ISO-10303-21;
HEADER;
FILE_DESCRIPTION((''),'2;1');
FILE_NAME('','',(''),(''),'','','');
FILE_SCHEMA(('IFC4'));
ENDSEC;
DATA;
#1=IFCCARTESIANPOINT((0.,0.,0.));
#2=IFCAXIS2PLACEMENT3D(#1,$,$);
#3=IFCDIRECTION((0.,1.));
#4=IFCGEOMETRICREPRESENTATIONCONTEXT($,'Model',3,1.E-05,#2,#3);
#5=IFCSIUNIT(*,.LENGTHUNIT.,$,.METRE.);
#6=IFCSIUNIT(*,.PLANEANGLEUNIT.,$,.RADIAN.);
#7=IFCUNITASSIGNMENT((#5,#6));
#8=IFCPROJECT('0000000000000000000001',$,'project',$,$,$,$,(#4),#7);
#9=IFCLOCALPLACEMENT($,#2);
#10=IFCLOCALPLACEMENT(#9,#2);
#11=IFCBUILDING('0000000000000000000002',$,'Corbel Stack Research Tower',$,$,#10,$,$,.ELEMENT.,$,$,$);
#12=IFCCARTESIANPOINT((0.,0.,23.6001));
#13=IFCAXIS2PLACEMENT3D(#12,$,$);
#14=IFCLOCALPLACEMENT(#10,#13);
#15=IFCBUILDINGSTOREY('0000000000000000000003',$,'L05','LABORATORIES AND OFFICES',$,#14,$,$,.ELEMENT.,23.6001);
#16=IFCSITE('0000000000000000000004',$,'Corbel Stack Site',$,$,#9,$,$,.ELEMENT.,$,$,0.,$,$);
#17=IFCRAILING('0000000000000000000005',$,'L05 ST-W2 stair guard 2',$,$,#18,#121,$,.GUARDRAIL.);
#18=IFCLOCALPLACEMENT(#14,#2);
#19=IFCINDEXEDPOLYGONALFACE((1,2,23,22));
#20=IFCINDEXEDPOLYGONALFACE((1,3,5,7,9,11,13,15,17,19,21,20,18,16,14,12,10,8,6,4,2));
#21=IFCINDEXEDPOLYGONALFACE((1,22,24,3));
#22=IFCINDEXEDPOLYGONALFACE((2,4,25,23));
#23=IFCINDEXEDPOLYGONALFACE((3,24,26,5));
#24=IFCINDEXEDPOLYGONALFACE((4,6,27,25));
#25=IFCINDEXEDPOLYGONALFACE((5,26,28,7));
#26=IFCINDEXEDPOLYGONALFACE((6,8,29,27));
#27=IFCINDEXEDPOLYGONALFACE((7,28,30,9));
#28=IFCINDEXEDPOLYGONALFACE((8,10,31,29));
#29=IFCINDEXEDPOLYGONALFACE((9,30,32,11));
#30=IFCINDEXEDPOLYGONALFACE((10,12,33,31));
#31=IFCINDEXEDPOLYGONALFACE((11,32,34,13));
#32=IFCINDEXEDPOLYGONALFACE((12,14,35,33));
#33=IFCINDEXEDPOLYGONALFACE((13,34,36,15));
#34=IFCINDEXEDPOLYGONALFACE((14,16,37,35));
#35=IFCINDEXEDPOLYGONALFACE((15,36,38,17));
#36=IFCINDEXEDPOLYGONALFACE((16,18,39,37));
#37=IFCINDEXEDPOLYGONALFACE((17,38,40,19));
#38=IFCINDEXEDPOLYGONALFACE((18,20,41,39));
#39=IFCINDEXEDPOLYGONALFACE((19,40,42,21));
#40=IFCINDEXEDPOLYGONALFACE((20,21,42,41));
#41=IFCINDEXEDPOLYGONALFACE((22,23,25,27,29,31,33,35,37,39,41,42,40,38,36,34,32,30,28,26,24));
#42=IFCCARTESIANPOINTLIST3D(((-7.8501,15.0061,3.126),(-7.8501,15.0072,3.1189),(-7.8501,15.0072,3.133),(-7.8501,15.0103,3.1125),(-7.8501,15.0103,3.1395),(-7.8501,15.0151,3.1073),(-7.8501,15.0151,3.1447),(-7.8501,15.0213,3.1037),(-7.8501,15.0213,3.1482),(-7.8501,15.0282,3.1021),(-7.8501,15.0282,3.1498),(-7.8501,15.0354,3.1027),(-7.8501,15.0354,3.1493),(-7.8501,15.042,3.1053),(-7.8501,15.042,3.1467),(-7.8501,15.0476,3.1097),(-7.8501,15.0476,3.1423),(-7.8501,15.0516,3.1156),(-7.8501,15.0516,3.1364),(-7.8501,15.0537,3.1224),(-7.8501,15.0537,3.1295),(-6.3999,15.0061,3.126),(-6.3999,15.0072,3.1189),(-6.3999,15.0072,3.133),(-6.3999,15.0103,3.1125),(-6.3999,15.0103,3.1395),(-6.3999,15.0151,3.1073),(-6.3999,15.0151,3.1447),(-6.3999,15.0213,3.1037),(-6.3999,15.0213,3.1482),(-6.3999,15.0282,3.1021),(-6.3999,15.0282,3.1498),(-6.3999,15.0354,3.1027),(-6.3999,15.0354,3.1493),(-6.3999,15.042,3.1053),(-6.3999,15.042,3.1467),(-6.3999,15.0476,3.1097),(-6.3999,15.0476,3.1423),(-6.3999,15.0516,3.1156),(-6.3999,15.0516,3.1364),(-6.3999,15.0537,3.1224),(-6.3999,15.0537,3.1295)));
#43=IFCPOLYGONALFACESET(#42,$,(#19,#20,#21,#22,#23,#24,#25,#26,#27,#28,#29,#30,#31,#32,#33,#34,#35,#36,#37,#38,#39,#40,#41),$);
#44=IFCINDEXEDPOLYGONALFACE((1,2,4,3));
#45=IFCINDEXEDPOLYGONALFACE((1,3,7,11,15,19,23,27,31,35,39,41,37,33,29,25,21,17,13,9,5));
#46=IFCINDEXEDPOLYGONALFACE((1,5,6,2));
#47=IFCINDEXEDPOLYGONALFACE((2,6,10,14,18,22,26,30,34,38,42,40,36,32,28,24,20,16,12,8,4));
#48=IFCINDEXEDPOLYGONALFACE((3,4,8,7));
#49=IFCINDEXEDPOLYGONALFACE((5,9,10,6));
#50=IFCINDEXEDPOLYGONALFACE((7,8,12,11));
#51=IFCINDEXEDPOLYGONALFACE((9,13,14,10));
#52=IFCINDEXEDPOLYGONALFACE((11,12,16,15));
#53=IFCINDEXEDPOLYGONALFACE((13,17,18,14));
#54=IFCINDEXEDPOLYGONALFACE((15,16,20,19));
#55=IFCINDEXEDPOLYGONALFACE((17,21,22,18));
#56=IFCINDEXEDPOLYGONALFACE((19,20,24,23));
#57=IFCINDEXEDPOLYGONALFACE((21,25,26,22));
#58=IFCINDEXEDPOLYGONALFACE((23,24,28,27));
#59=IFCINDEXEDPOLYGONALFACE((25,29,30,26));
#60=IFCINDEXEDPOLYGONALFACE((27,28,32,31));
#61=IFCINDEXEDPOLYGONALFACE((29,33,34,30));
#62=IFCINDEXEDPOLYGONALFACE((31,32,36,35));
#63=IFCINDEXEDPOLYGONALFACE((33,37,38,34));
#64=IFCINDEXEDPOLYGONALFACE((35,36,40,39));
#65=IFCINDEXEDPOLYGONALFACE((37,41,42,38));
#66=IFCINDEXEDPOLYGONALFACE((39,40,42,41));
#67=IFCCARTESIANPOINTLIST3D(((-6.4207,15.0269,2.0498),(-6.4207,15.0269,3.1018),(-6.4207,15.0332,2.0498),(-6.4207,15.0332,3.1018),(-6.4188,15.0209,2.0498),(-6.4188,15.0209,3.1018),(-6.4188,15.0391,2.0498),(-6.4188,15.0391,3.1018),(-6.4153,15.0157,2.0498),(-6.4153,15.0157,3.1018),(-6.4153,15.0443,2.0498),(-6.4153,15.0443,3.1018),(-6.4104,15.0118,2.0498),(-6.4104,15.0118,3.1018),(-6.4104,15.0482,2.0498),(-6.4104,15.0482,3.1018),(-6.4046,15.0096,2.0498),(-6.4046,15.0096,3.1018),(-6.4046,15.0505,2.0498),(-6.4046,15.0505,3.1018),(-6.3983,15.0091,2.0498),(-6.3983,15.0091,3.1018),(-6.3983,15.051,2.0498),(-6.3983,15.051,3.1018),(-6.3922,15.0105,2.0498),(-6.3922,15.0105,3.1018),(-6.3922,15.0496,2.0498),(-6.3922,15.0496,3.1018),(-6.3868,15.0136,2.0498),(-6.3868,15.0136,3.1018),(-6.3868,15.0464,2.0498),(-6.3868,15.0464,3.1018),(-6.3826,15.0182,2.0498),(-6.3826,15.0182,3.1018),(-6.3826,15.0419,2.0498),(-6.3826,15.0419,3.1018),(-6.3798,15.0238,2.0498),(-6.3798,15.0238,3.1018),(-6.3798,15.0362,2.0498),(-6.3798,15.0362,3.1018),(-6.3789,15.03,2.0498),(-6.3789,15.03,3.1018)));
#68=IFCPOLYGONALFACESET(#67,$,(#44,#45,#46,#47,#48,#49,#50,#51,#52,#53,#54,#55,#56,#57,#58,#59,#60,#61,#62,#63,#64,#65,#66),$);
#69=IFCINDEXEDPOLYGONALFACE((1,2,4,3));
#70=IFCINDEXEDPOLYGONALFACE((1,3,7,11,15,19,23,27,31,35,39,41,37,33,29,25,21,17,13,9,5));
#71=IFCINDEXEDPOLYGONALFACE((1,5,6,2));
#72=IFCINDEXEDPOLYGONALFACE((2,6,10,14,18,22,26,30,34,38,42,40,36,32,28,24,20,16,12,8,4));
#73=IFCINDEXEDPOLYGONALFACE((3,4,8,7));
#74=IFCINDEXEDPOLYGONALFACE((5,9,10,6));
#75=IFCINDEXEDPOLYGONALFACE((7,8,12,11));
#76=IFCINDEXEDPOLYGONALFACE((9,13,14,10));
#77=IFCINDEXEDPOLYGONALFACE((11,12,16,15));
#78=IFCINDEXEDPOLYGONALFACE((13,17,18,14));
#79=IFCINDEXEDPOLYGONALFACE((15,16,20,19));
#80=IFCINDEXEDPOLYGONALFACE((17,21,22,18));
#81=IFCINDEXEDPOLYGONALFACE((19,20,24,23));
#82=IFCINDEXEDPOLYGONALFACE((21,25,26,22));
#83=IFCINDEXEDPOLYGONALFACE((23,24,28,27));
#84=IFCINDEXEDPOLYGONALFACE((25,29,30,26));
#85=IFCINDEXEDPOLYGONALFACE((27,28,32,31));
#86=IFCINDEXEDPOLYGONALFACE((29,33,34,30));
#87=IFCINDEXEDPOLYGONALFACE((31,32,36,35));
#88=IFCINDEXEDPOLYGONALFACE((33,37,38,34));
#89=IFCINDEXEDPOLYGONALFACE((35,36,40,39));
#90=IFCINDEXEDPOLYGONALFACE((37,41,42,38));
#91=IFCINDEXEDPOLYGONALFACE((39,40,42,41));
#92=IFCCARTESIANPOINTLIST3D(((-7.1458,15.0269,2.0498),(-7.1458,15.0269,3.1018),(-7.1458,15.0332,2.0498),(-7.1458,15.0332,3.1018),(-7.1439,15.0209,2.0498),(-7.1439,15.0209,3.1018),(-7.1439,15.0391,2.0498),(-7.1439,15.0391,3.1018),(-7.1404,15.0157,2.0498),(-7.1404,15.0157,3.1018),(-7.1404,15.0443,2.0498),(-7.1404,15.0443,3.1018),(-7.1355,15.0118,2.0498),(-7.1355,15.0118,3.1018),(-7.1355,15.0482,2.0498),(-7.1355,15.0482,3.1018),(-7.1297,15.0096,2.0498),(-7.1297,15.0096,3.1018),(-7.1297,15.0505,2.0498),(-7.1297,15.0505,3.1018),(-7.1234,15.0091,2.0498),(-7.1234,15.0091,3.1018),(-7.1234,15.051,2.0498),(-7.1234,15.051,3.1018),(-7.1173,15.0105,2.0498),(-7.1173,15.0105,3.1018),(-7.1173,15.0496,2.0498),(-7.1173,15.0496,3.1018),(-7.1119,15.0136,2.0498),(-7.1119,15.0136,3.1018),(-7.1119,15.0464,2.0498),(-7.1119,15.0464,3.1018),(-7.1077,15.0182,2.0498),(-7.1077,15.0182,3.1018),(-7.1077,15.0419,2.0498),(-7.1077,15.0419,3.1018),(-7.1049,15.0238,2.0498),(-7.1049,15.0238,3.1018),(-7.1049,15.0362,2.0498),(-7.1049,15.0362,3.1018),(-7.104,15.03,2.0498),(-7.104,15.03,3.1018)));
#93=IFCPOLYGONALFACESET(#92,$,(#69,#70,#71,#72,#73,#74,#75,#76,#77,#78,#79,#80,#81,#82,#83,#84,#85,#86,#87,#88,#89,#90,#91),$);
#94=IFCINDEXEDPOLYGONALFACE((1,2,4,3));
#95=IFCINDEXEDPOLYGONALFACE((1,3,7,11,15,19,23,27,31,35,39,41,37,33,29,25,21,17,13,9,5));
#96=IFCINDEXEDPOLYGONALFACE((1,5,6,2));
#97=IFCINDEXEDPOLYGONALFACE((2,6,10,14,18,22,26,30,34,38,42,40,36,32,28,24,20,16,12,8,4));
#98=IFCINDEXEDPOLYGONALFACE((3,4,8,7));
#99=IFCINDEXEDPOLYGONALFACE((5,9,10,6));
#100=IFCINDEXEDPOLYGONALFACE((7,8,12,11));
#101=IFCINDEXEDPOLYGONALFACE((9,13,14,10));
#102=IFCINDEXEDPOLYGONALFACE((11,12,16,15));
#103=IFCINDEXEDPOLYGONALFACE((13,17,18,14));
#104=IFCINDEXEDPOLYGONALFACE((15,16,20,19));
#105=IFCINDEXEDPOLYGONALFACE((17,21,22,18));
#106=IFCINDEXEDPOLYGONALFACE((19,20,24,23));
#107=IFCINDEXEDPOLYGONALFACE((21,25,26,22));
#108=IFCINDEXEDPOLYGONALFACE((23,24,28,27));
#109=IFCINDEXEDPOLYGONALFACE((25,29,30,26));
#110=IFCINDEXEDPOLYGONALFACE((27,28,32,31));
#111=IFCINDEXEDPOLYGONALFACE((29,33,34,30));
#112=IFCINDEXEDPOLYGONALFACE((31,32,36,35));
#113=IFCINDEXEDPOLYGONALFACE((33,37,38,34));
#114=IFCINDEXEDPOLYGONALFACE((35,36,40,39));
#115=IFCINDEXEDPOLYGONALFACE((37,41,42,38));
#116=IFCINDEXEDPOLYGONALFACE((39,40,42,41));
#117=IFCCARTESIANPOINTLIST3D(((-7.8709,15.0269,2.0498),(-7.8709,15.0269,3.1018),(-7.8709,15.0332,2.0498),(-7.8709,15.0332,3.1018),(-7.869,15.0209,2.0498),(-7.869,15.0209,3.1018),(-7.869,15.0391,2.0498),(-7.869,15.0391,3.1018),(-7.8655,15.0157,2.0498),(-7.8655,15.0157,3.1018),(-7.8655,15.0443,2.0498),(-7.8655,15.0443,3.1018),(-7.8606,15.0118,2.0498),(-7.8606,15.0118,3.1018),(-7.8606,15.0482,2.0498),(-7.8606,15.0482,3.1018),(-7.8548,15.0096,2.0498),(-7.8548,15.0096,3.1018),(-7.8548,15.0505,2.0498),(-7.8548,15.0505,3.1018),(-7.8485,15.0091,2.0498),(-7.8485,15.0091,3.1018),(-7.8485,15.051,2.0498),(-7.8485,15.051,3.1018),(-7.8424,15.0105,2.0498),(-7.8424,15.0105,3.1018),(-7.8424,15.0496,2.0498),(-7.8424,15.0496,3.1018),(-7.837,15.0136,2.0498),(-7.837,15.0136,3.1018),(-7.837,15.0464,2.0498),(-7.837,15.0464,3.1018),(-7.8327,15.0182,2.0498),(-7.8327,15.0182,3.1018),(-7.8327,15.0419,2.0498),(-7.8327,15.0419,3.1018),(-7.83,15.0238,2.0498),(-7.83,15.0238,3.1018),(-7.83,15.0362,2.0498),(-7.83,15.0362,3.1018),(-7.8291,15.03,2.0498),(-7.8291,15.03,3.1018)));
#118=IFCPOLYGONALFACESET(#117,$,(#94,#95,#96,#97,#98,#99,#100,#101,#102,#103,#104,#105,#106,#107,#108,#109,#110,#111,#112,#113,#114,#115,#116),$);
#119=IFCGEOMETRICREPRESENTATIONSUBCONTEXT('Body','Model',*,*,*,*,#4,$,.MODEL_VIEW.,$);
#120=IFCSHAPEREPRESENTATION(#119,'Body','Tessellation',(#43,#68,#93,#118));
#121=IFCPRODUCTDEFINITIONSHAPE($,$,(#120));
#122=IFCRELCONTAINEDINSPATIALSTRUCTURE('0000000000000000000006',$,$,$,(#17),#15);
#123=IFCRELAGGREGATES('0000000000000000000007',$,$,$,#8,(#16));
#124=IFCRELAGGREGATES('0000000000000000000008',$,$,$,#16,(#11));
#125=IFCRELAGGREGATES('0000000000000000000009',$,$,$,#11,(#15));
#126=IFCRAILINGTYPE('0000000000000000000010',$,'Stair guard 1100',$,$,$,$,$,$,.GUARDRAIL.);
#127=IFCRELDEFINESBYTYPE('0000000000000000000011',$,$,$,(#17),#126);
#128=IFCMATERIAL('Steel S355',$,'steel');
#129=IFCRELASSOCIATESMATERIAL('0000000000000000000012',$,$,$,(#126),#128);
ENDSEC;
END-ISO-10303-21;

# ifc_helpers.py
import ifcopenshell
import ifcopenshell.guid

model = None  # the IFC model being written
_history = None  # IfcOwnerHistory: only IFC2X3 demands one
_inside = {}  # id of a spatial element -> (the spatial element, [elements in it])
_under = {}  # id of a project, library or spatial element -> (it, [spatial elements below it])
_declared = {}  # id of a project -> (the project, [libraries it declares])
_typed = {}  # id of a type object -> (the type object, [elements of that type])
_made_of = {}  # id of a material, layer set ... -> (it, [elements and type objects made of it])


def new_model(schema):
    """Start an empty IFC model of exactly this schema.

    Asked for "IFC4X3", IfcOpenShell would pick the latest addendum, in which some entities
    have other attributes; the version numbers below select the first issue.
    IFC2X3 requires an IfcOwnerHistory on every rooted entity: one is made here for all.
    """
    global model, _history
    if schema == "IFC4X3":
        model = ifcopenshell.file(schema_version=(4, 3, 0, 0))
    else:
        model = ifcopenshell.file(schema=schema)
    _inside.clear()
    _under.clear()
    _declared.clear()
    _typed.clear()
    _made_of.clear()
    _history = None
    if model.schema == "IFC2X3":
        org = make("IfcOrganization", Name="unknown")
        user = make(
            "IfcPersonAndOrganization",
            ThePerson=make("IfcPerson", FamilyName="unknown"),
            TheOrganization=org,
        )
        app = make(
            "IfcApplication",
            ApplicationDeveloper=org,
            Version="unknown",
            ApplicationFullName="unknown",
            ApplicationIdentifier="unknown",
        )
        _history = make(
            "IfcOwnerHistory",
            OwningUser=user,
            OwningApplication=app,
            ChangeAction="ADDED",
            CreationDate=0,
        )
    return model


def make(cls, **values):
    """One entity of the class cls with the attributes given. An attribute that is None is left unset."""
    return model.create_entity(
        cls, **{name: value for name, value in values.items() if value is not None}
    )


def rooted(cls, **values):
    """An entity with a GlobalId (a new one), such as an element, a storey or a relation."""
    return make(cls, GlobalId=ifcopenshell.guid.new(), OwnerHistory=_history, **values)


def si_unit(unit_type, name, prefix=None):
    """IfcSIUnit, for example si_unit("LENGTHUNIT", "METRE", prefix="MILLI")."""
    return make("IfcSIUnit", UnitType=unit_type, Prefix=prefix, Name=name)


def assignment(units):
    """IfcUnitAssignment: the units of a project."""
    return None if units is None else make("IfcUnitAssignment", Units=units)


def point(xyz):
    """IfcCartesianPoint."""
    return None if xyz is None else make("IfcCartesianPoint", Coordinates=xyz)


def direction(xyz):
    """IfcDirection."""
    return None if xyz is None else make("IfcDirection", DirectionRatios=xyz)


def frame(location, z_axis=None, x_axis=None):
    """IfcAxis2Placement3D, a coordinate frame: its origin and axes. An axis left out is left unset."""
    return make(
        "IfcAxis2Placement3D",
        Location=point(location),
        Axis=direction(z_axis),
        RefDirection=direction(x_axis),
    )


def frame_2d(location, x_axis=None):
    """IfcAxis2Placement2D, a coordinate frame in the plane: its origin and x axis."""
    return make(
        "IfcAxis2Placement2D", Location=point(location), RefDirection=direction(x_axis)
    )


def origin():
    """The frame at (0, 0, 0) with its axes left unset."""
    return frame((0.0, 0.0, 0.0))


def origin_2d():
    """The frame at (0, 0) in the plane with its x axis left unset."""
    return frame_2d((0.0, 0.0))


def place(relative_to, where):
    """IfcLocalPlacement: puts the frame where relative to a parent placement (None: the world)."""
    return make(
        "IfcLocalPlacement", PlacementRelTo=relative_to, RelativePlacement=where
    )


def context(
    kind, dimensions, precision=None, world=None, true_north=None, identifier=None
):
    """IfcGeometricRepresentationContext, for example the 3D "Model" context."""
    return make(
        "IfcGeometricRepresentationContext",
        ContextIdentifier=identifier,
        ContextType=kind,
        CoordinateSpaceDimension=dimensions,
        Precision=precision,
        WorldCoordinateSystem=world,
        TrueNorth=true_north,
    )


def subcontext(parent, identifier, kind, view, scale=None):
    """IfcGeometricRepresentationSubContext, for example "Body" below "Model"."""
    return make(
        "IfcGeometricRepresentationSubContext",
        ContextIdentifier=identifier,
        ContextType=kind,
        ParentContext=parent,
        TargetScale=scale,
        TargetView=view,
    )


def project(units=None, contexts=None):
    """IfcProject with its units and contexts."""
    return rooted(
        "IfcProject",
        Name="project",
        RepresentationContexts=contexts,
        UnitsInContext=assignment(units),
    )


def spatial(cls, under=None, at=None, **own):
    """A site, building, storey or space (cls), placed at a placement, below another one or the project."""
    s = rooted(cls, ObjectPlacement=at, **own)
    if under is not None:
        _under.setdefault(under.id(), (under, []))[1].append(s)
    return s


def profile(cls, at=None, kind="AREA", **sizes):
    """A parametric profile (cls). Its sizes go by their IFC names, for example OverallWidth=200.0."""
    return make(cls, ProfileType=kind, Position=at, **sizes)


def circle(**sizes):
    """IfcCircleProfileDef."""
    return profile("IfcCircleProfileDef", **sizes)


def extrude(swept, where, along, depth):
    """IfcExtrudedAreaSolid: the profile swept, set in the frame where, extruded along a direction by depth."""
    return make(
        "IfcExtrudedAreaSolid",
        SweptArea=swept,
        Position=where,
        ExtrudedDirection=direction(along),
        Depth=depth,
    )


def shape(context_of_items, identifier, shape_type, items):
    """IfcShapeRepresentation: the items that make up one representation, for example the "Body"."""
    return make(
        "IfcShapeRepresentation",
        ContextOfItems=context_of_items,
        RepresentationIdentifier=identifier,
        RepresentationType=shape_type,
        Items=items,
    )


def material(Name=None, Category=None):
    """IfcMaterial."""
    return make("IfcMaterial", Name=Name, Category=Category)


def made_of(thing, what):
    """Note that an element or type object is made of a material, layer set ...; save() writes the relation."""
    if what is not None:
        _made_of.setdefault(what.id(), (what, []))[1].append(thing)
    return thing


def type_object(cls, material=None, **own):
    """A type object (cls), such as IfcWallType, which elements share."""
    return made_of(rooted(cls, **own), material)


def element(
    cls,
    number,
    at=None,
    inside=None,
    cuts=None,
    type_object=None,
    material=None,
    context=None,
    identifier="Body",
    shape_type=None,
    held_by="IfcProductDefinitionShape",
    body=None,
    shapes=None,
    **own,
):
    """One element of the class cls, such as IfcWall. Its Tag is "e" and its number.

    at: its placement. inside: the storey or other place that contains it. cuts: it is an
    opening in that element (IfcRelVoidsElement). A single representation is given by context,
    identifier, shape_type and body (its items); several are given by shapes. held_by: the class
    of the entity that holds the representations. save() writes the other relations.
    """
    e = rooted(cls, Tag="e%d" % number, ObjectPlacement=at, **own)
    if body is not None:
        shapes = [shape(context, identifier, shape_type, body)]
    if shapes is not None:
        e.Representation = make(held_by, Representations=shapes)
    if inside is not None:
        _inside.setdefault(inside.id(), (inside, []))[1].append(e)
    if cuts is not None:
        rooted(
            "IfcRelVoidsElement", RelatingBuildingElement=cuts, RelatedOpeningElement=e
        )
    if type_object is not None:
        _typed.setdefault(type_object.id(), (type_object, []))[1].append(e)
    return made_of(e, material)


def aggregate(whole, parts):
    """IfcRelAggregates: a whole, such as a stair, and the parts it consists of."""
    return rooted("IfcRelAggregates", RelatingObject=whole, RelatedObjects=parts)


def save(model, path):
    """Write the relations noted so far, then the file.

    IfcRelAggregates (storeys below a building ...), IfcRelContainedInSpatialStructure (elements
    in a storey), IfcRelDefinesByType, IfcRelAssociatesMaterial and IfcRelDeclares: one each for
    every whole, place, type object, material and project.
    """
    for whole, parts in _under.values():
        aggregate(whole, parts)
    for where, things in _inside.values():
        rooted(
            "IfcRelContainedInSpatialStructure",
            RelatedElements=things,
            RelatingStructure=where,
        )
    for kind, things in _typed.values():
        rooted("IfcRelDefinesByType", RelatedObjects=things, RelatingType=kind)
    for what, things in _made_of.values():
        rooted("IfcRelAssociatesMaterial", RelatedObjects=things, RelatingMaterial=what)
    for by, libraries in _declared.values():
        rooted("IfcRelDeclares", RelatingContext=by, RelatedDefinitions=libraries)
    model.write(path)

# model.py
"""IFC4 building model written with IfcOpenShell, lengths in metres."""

from ifc_helpers import new_model, si_unit, direction, frame, origin, origin_2d, place, context, subcontext, project, spatial, circle, extrude, material, type_object, element, save


model = new_model("IFC4")

# Units and contexts
model_context = context("Model", 3, precision=1e-05, world=origin(), true_north=direction((0.0, 1.0)))
body_context = subcontext(model_context, "Body", "Model", "MODEL_VIEW")
ifc_project = project(units=[si_unit("LENGTHUNIT", "METRE"), si_unit("PLANEANGLEUNIT", "RADIAN")], contexts=[model_context])

# Site, building, storey
site_placement = place(None, origin())
site = spatial("IfcSite", under=ifc_project, at=site_placement, Name="Corbel Stack Site", CompositionType="ELEMENT", RefElevation=0.0)
building_placement = place(site_placement, origin())
building = spatial("IfcBuilding", under=site, at=building_placement, Name="Corbel Stack Research Tower", CompositionType="ELEMENT")
storey_placement = place(building_placement, frame((0.0, 0.0, 23.6001)))
storey = spatial("IfcBuildingStorey", under=building, at=storey_placement, Name="L05", Description="LABORATORIES AND OFFICES", CompositionType="ELEMENT", Elevation=23.6001)

# Railing
ifc_material_1 = material(Name="Steel S355", Category="steel")
railing_type_1 = type_object("IfcRailingType", Name="Stair guard 1100", PredefinedType="GUARDRAIL", material=ifc_material_1)
railing_1_placement = place(storey_placement, frame((-6.3999, 15.03, 2.0498)))
element("IfcRailing", 1, at=railing_1_placement, inside=storey, type_object=railing_type_1, Name="L05 ST-W2 stair guard 2", PredefinedType="GUARDRAIL", context=body_context, shape_type="SweptSolid", body=[
    extrude(circle(Radius=0.0239, at=origin_2d()), frame((0.0, 0.0, 1.0762), z_axis=(-1.0, 0.0, 0.0), x_axis=(0.0, -1.0, 0.0)), (0.0, 0.0, 1.0), 1.4502),
    extrude(circle(Radius=0.021, at=origin_2d()), origin(), (0.0, 0.0, 1.0), 1.052),
    extrude(circle(Radius=0.021, at=origin_2d()), frame((-0.7251, 0.0, 0.0)), (0.0, 0.0, 1.0), 1.052),
    extrude(circle(Radius=0.021, at=origin_2d()), frame((-1.4502, 0.0, 0.0)), (0.0, 0.0, 1.0), 1.052),
])

save(model, "model.ifc")
